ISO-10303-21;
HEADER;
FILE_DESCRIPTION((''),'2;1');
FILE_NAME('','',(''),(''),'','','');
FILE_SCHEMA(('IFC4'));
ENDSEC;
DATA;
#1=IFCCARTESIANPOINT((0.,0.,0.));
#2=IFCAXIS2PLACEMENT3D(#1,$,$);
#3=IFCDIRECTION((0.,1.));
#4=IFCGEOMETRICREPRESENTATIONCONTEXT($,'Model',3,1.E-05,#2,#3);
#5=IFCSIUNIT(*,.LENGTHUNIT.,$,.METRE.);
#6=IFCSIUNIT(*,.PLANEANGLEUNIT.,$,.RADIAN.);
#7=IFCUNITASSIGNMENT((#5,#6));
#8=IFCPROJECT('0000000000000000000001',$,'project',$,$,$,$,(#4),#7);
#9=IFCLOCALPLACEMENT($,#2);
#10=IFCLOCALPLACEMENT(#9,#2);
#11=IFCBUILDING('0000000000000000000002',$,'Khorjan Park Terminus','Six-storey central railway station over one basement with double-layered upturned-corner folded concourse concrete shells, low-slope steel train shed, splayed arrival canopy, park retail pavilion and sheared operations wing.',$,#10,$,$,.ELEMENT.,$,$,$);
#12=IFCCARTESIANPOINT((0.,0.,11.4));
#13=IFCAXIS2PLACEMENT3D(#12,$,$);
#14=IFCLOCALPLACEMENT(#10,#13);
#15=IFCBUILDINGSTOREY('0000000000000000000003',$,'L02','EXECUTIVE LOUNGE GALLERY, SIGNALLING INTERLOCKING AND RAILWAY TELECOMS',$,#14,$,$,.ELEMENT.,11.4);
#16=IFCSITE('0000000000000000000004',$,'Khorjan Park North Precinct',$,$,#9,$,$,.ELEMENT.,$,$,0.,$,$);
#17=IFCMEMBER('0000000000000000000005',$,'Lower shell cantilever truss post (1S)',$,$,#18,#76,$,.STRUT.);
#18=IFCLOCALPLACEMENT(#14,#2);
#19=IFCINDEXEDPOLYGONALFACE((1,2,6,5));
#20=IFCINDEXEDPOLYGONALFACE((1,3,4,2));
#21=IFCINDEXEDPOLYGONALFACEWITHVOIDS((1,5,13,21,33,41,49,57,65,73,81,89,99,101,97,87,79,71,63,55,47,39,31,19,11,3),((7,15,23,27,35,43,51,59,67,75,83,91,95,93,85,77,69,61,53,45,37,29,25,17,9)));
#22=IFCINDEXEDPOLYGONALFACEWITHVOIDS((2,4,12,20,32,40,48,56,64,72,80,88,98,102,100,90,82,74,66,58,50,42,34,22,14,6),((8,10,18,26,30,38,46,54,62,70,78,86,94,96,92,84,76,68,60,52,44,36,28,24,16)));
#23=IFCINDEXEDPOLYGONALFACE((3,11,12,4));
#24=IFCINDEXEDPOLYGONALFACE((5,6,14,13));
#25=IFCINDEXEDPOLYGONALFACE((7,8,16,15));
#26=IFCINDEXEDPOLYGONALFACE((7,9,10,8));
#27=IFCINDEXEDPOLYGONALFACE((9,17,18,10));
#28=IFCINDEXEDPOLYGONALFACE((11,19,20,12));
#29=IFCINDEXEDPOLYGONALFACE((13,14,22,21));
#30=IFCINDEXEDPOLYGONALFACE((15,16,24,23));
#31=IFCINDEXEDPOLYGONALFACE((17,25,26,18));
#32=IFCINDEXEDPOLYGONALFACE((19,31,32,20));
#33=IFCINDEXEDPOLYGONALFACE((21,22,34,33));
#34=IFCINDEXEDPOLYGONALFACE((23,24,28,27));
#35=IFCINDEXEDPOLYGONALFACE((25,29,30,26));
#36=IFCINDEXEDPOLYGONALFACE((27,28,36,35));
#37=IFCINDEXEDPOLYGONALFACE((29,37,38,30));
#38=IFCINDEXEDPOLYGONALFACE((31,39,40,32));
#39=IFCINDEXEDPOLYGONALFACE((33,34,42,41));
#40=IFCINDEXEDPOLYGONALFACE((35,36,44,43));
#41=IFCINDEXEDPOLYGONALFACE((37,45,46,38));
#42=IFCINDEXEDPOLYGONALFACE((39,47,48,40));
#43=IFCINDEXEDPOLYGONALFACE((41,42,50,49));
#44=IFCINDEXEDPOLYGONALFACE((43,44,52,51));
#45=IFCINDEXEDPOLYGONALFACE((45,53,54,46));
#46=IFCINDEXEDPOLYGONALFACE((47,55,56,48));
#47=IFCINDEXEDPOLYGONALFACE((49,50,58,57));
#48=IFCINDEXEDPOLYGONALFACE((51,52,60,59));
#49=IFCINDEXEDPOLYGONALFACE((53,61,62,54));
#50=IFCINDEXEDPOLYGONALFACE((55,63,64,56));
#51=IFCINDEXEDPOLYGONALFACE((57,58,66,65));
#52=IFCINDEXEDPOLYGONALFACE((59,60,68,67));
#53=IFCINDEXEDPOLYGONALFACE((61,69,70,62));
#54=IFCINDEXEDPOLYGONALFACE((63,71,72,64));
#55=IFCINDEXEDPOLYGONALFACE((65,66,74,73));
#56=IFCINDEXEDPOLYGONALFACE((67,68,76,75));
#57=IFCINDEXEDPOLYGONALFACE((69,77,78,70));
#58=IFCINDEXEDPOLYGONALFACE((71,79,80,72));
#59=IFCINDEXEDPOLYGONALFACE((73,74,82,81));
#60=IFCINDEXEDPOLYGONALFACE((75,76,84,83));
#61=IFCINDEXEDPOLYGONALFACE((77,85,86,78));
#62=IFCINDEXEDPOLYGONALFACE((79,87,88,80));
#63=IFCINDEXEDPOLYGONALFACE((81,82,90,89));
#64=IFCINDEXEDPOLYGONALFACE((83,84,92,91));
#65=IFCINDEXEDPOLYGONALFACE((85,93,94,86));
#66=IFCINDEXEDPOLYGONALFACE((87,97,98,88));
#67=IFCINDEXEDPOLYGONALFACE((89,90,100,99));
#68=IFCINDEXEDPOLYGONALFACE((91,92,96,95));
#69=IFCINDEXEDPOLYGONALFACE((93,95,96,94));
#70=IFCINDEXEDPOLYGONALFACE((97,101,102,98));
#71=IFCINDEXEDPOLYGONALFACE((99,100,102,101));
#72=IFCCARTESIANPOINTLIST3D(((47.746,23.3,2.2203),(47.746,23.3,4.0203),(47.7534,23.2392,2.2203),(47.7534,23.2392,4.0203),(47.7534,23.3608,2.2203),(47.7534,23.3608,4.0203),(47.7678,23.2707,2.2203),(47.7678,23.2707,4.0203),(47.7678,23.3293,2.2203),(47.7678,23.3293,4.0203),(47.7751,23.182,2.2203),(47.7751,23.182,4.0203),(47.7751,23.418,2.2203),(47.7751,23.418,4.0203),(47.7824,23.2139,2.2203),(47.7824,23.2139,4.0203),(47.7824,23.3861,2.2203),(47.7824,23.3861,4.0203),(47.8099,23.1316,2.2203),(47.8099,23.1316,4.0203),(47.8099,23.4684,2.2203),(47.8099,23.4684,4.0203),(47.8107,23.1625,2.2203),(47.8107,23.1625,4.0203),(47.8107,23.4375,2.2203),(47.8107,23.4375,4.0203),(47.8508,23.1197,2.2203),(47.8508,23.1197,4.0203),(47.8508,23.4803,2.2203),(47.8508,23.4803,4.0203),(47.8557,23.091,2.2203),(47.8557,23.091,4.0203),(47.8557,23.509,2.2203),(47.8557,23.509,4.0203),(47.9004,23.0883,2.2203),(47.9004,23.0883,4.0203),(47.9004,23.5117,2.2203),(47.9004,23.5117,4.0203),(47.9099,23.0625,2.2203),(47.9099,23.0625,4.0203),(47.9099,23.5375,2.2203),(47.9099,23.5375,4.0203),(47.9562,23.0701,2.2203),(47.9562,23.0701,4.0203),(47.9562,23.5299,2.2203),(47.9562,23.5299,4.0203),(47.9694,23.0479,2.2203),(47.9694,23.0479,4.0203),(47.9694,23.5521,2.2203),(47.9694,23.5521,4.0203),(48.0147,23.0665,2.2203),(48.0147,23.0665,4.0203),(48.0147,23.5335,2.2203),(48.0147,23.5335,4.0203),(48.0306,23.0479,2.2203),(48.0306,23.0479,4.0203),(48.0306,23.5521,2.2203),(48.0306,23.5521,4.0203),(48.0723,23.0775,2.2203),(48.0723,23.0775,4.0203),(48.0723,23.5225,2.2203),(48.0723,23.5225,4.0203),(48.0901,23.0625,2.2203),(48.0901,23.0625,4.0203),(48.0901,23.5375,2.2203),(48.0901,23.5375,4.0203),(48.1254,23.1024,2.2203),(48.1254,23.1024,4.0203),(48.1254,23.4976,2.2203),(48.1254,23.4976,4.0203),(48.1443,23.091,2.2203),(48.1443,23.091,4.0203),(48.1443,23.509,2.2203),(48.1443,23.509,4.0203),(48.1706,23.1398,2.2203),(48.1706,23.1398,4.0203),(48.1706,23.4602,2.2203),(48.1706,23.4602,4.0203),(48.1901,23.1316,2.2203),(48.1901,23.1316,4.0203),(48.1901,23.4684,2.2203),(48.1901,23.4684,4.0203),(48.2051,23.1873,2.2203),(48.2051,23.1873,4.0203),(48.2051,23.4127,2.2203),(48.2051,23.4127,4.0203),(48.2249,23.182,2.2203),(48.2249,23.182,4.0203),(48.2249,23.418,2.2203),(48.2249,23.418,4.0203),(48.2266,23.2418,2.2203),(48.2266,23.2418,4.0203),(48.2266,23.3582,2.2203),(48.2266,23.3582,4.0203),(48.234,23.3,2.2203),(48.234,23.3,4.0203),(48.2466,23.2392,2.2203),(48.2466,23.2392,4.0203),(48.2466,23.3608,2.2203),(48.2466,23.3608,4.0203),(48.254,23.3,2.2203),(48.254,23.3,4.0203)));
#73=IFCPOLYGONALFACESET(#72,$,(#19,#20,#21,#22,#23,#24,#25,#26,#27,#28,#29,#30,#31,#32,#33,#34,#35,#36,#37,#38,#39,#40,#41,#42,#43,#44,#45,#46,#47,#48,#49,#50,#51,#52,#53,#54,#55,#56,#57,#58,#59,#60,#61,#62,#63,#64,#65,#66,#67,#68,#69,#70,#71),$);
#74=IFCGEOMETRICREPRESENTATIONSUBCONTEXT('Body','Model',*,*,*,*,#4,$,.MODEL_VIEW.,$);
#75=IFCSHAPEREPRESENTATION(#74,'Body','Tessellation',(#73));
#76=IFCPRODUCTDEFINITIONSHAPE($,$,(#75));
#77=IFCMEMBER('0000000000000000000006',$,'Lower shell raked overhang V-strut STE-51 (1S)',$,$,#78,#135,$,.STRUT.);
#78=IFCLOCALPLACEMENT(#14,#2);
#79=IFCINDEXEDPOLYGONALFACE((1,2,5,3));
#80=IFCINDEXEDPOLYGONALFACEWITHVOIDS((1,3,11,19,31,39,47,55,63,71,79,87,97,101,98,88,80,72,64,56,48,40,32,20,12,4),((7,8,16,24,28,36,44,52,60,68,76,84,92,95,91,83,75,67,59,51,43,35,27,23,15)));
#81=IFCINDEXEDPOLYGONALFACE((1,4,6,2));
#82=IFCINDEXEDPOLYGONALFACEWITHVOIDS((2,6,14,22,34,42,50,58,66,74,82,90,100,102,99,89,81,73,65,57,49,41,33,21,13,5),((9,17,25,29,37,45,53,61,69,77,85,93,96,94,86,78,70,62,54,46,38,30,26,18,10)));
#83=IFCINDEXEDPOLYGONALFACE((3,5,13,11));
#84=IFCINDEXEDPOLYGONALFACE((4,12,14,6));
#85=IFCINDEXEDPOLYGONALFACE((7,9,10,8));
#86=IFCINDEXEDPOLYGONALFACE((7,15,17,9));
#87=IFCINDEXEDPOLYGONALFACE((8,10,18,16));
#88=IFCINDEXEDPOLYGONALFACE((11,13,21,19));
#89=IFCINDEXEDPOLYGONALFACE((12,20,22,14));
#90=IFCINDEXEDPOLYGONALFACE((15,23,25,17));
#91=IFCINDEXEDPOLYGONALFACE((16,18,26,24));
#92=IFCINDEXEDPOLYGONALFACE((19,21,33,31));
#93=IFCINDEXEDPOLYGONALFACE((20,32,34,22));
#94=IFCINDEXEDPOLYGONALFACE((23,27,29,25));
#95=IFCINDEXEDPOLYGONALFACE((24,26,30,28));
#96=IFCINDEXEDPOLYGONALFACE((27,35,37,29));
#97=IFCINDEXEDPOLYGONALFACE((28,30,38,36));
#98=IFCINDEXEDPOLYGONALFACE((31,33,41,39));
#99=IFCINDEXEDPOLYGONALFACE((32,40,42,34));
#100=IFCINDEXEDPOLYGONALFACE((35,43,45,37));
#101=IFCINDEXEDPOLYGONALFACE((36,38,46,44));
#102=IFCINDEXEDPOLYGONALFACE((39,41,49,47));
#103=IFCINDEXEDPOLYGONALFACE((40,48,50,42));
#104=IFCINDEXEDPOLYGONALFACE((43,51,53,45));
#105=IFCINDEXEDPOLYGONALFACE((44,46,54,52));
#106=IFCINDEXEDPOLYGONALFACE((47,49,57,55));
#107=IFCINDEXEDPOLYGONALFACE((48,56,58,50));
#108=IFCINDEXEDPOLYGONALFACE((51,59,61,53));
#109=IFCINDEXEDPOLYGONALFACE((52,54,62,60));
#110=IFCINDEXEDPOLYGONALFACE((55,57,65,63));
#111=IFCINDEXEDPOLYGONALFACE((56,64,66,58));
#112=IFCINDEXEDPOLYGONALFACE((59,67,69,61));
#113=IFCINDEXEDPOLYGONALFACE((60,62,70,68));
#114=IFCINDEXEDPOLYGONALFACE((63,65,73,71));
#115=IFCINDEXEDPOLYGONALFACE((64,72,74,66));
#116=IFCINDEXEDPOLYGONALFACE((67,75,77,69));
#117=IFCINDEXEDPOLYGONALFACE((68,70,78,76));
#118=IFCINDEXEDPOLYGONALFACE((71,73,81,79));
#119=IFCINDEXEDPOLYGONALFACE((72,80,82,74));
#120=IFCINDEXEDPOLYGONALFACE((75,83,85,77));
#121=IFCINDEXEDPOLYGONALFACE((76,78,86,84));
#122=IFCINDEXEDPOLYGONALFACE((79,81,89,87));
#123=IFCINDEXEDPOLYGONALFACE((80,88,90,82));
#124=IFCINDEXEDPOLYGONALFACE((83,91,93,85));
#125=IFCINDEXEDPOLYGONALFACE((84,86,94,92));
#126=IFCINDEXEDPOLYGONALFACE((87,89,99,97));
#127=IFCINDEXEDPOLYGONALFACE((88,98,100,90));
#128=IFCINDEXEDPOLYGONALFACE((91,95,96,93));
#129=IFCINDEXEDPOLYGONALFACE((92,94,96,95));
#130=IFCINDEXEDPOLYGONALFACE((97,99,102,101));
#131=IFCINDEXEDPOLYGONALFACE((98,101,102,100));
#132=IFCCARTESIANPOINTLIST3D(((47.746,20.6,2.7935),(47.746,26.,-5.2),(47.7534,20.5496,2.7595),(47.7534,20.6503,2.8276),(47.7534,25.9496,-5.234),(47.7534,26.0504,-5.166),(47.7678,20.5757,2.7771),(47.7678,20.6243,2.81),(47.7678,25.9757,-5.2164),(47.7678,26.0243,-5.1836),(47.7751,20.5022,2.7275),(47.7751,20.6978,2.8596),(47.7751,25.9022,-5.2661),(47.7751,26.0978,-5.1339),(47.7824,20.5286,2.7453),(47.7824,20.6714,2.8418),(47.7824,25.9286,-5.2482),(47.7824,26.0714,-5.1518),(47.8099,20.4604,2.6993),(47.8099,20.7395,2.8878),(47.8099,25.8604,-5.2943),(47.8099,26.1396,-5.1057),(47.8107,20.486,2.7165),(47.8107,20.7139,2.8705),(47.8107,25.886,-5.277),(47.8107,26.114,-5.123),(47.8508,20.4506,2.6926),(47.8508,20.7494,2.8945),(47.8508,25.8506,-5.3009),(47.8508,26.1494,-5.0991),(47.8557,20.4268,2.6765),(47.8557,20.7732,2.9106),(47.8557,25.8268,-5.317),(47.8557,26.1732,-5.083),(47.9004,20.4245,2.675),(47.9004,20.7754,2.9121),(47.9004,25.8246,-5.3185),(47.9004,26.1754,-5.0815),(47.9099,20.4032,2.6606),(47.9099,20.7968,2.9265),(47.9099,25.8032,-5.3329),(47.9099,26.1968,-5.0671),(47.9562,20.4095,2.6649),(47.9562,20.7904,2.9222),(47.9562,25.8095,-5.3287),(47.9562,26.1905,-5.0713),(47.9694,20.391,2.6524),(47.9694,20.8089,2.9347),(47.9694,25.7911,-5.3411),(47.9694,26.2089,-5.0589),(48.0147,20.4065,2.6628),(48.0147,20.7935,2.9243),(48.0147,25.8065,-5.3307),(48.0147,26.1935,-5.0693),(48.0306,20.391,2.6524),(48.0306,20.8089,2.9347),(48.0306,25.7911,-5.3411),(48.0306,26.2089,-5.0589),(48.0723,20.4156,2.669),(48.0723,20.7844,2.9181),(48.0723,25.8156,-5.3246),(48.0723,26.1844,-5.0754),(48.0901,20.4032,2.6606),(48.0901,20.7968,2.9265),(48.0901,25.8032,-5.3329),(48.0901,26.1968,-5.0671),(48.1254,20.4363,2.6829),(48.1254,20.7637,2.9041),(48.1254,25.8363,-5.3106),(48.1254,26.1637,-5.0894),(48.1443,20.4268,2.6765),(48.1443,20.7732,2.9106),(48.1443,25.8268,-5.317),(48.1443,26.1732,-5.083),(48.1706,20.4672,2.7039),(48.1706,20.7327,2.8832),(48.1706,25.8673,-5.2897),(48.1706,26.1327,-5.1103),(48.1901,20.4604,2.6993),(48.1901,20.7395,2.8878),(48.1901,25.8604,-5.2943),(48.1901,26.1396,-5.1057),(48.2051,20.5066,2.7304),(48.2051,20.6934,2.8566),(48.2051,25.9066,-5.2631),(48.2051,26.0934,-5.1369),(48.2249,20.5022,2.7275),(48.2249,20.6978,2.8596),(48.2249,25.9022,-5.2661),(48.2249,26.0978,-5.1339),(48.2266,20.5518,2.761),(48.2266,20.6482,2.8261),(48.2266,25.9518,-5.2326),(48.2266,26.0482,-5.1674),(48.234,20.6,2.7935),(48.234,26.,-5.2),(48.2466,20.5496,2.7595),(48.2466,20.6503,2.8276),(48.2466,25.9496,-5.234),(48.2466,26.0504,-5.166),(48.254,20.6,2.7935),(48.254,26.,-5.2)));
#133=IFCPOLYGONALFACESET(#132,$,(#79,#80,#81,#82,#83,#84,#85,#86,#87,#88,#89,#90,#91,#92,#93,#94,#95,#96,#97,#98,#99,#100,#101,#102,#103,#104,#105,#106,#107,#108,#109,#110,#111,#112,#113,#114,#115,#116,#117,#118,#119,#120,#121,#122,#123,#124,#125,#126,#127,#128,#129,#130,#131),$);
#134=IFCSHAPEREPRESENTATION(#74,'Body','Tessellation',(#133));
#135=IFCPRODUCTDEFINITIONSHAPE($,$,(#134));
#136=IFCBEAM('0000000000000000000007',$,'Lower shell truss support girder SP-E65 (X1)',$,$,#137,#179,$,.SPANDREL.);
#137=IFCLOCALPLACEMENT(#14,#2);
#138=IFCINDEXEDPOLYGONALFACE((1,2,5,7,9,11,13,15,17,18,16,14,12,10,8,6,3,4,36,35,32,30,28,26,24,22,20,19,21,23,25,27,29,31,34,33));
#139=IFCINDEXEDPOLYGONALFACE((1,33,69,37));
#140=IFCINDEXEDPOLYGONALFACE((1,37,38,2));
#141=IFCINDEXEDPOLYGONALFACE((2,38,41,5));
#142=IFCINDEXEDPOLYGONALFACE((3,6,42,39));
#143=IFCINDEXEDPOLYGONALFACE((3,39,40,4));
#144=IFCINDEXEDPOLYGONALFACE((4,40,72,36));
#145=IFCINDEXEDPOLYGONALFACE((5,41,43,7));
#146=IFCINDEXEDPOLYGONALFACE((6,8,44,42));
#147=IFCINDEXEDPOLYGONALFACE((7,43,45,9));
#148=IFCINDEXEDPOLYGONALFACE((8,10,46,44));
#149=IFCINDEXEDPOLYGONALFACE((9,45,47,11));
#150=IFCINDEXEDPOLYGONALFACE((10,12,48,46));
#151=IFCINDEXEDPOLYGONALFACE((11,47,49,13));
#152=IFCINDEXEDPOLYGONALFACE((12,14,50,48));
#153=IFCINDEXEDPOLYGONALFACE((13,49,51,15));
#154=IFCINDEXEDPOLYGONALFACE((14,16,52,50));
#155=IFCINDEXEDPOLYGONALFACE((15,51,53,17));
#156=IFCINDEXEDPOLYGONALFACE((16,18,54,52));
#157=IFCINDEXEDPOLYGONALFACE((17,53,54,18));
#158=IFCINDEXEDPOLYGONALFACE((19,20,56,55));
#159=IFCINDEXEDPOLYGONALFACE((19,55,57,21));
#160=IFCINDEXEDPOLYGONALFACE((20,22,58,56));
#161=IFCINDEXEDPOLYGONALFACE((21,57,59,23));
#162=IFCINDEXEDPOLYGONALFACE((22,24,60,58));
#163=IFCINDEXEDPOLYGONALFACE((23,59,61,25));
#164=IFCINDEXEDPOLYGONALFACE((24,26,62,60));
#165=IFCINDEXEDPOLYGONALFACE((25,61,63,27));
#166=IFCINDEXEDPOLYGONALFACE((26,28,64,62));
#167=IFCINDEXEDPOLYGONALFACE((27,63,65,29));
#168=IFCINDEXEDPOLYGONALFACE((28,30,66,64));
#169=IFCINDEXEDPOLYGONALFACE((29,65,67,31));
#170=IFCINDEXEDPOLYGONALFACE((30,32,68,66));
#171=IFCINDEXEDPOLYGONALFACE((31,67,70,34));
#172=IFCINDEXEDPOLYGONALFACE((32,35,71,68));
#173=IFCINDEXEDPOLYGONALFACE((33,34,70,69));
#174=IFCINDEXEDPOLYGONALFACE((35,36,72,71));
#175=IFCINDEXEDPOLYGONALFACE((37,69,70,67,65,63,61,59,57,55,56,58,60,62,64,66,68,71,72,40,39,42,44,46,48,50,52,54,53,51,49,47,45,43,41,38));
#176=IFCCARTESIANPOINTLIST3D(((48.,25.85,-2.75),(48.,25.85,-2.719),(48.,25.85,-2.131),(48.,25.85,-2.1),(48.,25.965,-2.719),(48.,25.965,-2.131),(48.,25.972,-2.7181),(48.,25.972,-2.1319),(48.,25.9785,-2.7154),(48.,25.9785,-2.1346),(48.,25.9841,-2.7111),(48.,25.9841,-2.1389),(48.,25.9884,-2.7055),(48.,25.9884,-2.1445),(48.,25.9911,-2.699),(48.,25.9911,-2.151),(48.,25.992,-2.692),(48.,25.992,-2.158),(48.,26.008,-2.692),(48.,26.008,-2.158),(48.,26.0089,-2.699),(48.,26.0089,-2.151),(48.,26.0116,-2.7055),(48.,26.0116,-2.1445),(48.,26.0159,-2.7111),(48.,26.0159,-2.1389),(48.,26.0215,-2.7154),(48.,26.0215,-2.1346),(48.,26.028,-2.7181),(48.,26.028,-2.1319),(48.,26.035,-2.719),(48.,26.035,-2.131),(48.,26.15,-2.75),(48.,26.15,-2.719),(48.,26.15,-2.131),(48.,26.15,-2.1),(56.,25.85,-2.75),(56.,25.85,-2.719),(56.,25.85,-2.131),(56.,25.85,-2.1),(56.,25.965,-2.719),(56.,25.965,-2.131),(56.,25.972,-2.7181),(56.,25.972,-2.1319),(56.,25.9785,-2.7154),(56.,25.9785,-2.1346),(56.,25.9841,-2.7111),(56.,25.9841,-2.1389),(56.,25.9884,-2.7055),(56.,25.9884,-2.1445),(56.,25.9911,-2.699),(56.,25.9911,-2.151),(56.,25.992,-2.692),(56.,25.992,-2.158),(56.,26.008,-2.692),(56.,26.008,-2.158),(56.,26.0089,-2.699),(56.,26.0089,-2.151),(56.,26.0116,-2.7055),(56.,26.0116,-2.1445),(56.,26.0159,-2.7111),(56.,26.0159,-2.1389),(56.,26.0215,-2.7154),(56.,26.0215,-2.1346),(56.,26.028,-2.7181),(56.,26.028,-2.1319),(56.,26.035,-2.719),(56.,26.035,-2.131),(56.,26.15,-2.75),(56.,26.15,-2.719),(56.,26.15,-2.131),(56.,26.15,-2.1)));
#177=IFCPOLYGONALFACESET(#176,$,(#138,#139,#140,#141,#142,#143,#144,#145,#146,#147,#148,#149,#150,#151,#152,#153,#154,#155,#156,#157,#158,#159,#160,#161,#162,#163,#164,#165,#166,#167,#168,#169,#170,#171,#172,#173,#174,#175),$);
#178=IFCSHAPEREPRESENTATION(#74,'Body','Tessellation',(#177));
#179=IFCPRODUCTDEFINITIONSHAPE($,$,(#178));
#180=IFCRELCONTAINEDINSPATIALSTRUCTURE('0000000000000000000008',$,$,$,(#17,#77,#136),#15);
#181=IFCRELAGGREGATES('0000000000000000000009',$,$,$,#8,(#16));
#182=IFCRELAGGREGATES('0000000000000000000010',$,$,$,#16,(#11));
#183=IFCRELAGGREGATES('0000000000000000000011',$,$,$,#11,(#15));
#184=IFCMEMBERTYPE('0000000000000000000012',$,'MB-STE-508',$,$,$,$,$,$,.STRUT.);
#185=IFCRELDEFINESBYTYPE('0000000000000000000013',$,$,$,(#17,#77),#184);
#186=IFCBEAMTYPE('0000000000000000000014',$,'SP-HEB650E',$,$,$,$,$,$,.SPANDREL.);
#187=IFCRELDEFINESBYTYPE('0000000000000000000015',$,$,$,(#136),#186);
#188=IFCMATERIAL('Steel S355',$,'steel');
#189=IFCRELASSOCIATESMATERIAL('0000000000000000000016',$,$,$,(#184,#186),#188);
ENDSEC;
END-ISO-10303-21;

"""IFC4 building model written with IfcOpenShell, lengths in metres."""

from ifc_helpers import new_model, si_unit, direction, frame, origin, origin_2d, place, context, subcontext, project, spatial, hollow_circle, i_section, extrude, material, material_profile, profile_set, type_object, element, save


model = new_model("IFC4")

# Units and contexts
model_context = context("Model", 3, precision=1e-05, world=origin(), true_north=direction((0.0, 1.0)))
body_context = subcontext(model_context, "Body", "Model", "MODEL_VIEW")
ifc_project = project(units=[si_unit("LENGTHUNIT", "METRE"), si_unit("PLANEANGLEUNIT", "RADIAN")], contexts=[model_context])

# Site, building, storey
site_placement = place(None, origin())
site = spatial("IfcSite", under=ifc_project, at=site_placement, Name="Khorjan Park North Precinct", CompositionType="ELEMENT", RefElevation=0.0)
building_placement = place(site_placement, origin())
building = spatial("IfcBuilding", under=site, at=building_placement, Name="Khorjan Park Terminus", Description="Six-storey central railway station over one basement with double-layered upturned-corner folded concourse concrete shells, low-slope steel train shed, splayed arrival canopy, park retail pavilion and sheared operations wing.", CompositionType="ELEMENT")
storey_placement = place(building_placement, frame((0.0, 0.0, 11.4)))
storey = spatial("IfcBuildingStorey", under=building, at=storey_placement, Name="L02", Description="EXECUTIVE LOUNGE GALLERY, SIGNALLING INTERLOCKING AND RAILWAY TELECOMS", CompositionType="ELEMENT", Elevation=11.4)

# Members
ifc_material_1 = material(Name="Steel S355", Category="steel")
ifc_material_profile_1 = material_profile(ifc_material_1, hollow_circle(Radius=0.254, WallThickness=0.02, at=origin_2d()), Name="CHS 508x20")
ifc_profile_set_1 = profile_set([ifc_material_profile_1], Name="Steel S355")
member_type_1 = type_object("IfcMemberType", Name="MB-STE-508", PredefinedType="STRUT", material=ifc_profile_set_1)
for number, where, z_axis, x_axis, name in (
    (1, (48.0, 23.3, 2.2203), (0.0, 0.0, 1.0), (1.0, 0.0, 0.0), "Lower shell cantilever truss post (1S)"),
):
    element("IfcMember", number, at=place(storey_placement, frame(where, z_axis=z_axis, x_axis=x_axis)), inside=storey, type_object=member_type_1, Name=name, PredefinedType="STRUT", context=body_context, shape_type="SweptSolid", body=[
        extrude(hollow_circle(Radius=0.254, WallThickness=0.02, at=origin_2d()), origin(), (0.0, 0.0, 1.0), 1.8),
    ])
member_1_placement = place(storey_placement, frame((48.0, 26.0, -5.2), z_axis=(0.0, -0.559785, 0.828638), x_axis=(1.0, 0.0, 0.0)))
element("IfcMember", 2, at=member_1_placement, inside=storey, type_object=member_type_1, Name="Lower shell raked overhang V-strut STE-51 (1S)", PredefinedType="STRUT", context=body_context, shape_type="SweptSolid", body=[
    extrude(hollow_circle(Radius=0.254, WallThickness=0.02, at=origin_2d()), origin(), (0.0, 0.0, 1.0), 9.6466),
])

# Beam
ifc_material_profile_2 = material_profile(ifc_material_1, i_section(OverallWidth=0.3, OverallDepth=0.65, WebThickness=0.016, FlangeThickness=0.031, FilletRadius=0.027, at=origin_2d()), Name="HEB 650")
ifc_profile_set_2 = profile_set([ifc_material_profile_2], Name="Steel S355")
beam_type = type_object("IfcBeamType", Name="SP-HEB650E", PredefinedType="SPANDREL", material=ifc_profile_set_2)
beam_1_placement = place(storey_placement, frame((48.0, 26.0, -2.425), z_axis=(1.0, 0.0, 0.0), x_axis=(0.0, 1.0, 0.0)))
element("IfcBeam", 3, at=beam_1_placement, inside=storey, type_object=beam_type, Name="Lower shell truss support girder SP-E65 (X1)", PredefinedType="SPANDREL", context=body_context, shape_type="SweptSolid", body=[
    extrude(i_section(OverallWidth=0.3, OverallDepth=0.65, WebThickness=0.016, FlangeThickness=0.031, FilletRadius=0.027, at=origin_2d()), origin(), (0.0, 0.0, 1.0), 8.0),
])

save(model, "model.ifc")
